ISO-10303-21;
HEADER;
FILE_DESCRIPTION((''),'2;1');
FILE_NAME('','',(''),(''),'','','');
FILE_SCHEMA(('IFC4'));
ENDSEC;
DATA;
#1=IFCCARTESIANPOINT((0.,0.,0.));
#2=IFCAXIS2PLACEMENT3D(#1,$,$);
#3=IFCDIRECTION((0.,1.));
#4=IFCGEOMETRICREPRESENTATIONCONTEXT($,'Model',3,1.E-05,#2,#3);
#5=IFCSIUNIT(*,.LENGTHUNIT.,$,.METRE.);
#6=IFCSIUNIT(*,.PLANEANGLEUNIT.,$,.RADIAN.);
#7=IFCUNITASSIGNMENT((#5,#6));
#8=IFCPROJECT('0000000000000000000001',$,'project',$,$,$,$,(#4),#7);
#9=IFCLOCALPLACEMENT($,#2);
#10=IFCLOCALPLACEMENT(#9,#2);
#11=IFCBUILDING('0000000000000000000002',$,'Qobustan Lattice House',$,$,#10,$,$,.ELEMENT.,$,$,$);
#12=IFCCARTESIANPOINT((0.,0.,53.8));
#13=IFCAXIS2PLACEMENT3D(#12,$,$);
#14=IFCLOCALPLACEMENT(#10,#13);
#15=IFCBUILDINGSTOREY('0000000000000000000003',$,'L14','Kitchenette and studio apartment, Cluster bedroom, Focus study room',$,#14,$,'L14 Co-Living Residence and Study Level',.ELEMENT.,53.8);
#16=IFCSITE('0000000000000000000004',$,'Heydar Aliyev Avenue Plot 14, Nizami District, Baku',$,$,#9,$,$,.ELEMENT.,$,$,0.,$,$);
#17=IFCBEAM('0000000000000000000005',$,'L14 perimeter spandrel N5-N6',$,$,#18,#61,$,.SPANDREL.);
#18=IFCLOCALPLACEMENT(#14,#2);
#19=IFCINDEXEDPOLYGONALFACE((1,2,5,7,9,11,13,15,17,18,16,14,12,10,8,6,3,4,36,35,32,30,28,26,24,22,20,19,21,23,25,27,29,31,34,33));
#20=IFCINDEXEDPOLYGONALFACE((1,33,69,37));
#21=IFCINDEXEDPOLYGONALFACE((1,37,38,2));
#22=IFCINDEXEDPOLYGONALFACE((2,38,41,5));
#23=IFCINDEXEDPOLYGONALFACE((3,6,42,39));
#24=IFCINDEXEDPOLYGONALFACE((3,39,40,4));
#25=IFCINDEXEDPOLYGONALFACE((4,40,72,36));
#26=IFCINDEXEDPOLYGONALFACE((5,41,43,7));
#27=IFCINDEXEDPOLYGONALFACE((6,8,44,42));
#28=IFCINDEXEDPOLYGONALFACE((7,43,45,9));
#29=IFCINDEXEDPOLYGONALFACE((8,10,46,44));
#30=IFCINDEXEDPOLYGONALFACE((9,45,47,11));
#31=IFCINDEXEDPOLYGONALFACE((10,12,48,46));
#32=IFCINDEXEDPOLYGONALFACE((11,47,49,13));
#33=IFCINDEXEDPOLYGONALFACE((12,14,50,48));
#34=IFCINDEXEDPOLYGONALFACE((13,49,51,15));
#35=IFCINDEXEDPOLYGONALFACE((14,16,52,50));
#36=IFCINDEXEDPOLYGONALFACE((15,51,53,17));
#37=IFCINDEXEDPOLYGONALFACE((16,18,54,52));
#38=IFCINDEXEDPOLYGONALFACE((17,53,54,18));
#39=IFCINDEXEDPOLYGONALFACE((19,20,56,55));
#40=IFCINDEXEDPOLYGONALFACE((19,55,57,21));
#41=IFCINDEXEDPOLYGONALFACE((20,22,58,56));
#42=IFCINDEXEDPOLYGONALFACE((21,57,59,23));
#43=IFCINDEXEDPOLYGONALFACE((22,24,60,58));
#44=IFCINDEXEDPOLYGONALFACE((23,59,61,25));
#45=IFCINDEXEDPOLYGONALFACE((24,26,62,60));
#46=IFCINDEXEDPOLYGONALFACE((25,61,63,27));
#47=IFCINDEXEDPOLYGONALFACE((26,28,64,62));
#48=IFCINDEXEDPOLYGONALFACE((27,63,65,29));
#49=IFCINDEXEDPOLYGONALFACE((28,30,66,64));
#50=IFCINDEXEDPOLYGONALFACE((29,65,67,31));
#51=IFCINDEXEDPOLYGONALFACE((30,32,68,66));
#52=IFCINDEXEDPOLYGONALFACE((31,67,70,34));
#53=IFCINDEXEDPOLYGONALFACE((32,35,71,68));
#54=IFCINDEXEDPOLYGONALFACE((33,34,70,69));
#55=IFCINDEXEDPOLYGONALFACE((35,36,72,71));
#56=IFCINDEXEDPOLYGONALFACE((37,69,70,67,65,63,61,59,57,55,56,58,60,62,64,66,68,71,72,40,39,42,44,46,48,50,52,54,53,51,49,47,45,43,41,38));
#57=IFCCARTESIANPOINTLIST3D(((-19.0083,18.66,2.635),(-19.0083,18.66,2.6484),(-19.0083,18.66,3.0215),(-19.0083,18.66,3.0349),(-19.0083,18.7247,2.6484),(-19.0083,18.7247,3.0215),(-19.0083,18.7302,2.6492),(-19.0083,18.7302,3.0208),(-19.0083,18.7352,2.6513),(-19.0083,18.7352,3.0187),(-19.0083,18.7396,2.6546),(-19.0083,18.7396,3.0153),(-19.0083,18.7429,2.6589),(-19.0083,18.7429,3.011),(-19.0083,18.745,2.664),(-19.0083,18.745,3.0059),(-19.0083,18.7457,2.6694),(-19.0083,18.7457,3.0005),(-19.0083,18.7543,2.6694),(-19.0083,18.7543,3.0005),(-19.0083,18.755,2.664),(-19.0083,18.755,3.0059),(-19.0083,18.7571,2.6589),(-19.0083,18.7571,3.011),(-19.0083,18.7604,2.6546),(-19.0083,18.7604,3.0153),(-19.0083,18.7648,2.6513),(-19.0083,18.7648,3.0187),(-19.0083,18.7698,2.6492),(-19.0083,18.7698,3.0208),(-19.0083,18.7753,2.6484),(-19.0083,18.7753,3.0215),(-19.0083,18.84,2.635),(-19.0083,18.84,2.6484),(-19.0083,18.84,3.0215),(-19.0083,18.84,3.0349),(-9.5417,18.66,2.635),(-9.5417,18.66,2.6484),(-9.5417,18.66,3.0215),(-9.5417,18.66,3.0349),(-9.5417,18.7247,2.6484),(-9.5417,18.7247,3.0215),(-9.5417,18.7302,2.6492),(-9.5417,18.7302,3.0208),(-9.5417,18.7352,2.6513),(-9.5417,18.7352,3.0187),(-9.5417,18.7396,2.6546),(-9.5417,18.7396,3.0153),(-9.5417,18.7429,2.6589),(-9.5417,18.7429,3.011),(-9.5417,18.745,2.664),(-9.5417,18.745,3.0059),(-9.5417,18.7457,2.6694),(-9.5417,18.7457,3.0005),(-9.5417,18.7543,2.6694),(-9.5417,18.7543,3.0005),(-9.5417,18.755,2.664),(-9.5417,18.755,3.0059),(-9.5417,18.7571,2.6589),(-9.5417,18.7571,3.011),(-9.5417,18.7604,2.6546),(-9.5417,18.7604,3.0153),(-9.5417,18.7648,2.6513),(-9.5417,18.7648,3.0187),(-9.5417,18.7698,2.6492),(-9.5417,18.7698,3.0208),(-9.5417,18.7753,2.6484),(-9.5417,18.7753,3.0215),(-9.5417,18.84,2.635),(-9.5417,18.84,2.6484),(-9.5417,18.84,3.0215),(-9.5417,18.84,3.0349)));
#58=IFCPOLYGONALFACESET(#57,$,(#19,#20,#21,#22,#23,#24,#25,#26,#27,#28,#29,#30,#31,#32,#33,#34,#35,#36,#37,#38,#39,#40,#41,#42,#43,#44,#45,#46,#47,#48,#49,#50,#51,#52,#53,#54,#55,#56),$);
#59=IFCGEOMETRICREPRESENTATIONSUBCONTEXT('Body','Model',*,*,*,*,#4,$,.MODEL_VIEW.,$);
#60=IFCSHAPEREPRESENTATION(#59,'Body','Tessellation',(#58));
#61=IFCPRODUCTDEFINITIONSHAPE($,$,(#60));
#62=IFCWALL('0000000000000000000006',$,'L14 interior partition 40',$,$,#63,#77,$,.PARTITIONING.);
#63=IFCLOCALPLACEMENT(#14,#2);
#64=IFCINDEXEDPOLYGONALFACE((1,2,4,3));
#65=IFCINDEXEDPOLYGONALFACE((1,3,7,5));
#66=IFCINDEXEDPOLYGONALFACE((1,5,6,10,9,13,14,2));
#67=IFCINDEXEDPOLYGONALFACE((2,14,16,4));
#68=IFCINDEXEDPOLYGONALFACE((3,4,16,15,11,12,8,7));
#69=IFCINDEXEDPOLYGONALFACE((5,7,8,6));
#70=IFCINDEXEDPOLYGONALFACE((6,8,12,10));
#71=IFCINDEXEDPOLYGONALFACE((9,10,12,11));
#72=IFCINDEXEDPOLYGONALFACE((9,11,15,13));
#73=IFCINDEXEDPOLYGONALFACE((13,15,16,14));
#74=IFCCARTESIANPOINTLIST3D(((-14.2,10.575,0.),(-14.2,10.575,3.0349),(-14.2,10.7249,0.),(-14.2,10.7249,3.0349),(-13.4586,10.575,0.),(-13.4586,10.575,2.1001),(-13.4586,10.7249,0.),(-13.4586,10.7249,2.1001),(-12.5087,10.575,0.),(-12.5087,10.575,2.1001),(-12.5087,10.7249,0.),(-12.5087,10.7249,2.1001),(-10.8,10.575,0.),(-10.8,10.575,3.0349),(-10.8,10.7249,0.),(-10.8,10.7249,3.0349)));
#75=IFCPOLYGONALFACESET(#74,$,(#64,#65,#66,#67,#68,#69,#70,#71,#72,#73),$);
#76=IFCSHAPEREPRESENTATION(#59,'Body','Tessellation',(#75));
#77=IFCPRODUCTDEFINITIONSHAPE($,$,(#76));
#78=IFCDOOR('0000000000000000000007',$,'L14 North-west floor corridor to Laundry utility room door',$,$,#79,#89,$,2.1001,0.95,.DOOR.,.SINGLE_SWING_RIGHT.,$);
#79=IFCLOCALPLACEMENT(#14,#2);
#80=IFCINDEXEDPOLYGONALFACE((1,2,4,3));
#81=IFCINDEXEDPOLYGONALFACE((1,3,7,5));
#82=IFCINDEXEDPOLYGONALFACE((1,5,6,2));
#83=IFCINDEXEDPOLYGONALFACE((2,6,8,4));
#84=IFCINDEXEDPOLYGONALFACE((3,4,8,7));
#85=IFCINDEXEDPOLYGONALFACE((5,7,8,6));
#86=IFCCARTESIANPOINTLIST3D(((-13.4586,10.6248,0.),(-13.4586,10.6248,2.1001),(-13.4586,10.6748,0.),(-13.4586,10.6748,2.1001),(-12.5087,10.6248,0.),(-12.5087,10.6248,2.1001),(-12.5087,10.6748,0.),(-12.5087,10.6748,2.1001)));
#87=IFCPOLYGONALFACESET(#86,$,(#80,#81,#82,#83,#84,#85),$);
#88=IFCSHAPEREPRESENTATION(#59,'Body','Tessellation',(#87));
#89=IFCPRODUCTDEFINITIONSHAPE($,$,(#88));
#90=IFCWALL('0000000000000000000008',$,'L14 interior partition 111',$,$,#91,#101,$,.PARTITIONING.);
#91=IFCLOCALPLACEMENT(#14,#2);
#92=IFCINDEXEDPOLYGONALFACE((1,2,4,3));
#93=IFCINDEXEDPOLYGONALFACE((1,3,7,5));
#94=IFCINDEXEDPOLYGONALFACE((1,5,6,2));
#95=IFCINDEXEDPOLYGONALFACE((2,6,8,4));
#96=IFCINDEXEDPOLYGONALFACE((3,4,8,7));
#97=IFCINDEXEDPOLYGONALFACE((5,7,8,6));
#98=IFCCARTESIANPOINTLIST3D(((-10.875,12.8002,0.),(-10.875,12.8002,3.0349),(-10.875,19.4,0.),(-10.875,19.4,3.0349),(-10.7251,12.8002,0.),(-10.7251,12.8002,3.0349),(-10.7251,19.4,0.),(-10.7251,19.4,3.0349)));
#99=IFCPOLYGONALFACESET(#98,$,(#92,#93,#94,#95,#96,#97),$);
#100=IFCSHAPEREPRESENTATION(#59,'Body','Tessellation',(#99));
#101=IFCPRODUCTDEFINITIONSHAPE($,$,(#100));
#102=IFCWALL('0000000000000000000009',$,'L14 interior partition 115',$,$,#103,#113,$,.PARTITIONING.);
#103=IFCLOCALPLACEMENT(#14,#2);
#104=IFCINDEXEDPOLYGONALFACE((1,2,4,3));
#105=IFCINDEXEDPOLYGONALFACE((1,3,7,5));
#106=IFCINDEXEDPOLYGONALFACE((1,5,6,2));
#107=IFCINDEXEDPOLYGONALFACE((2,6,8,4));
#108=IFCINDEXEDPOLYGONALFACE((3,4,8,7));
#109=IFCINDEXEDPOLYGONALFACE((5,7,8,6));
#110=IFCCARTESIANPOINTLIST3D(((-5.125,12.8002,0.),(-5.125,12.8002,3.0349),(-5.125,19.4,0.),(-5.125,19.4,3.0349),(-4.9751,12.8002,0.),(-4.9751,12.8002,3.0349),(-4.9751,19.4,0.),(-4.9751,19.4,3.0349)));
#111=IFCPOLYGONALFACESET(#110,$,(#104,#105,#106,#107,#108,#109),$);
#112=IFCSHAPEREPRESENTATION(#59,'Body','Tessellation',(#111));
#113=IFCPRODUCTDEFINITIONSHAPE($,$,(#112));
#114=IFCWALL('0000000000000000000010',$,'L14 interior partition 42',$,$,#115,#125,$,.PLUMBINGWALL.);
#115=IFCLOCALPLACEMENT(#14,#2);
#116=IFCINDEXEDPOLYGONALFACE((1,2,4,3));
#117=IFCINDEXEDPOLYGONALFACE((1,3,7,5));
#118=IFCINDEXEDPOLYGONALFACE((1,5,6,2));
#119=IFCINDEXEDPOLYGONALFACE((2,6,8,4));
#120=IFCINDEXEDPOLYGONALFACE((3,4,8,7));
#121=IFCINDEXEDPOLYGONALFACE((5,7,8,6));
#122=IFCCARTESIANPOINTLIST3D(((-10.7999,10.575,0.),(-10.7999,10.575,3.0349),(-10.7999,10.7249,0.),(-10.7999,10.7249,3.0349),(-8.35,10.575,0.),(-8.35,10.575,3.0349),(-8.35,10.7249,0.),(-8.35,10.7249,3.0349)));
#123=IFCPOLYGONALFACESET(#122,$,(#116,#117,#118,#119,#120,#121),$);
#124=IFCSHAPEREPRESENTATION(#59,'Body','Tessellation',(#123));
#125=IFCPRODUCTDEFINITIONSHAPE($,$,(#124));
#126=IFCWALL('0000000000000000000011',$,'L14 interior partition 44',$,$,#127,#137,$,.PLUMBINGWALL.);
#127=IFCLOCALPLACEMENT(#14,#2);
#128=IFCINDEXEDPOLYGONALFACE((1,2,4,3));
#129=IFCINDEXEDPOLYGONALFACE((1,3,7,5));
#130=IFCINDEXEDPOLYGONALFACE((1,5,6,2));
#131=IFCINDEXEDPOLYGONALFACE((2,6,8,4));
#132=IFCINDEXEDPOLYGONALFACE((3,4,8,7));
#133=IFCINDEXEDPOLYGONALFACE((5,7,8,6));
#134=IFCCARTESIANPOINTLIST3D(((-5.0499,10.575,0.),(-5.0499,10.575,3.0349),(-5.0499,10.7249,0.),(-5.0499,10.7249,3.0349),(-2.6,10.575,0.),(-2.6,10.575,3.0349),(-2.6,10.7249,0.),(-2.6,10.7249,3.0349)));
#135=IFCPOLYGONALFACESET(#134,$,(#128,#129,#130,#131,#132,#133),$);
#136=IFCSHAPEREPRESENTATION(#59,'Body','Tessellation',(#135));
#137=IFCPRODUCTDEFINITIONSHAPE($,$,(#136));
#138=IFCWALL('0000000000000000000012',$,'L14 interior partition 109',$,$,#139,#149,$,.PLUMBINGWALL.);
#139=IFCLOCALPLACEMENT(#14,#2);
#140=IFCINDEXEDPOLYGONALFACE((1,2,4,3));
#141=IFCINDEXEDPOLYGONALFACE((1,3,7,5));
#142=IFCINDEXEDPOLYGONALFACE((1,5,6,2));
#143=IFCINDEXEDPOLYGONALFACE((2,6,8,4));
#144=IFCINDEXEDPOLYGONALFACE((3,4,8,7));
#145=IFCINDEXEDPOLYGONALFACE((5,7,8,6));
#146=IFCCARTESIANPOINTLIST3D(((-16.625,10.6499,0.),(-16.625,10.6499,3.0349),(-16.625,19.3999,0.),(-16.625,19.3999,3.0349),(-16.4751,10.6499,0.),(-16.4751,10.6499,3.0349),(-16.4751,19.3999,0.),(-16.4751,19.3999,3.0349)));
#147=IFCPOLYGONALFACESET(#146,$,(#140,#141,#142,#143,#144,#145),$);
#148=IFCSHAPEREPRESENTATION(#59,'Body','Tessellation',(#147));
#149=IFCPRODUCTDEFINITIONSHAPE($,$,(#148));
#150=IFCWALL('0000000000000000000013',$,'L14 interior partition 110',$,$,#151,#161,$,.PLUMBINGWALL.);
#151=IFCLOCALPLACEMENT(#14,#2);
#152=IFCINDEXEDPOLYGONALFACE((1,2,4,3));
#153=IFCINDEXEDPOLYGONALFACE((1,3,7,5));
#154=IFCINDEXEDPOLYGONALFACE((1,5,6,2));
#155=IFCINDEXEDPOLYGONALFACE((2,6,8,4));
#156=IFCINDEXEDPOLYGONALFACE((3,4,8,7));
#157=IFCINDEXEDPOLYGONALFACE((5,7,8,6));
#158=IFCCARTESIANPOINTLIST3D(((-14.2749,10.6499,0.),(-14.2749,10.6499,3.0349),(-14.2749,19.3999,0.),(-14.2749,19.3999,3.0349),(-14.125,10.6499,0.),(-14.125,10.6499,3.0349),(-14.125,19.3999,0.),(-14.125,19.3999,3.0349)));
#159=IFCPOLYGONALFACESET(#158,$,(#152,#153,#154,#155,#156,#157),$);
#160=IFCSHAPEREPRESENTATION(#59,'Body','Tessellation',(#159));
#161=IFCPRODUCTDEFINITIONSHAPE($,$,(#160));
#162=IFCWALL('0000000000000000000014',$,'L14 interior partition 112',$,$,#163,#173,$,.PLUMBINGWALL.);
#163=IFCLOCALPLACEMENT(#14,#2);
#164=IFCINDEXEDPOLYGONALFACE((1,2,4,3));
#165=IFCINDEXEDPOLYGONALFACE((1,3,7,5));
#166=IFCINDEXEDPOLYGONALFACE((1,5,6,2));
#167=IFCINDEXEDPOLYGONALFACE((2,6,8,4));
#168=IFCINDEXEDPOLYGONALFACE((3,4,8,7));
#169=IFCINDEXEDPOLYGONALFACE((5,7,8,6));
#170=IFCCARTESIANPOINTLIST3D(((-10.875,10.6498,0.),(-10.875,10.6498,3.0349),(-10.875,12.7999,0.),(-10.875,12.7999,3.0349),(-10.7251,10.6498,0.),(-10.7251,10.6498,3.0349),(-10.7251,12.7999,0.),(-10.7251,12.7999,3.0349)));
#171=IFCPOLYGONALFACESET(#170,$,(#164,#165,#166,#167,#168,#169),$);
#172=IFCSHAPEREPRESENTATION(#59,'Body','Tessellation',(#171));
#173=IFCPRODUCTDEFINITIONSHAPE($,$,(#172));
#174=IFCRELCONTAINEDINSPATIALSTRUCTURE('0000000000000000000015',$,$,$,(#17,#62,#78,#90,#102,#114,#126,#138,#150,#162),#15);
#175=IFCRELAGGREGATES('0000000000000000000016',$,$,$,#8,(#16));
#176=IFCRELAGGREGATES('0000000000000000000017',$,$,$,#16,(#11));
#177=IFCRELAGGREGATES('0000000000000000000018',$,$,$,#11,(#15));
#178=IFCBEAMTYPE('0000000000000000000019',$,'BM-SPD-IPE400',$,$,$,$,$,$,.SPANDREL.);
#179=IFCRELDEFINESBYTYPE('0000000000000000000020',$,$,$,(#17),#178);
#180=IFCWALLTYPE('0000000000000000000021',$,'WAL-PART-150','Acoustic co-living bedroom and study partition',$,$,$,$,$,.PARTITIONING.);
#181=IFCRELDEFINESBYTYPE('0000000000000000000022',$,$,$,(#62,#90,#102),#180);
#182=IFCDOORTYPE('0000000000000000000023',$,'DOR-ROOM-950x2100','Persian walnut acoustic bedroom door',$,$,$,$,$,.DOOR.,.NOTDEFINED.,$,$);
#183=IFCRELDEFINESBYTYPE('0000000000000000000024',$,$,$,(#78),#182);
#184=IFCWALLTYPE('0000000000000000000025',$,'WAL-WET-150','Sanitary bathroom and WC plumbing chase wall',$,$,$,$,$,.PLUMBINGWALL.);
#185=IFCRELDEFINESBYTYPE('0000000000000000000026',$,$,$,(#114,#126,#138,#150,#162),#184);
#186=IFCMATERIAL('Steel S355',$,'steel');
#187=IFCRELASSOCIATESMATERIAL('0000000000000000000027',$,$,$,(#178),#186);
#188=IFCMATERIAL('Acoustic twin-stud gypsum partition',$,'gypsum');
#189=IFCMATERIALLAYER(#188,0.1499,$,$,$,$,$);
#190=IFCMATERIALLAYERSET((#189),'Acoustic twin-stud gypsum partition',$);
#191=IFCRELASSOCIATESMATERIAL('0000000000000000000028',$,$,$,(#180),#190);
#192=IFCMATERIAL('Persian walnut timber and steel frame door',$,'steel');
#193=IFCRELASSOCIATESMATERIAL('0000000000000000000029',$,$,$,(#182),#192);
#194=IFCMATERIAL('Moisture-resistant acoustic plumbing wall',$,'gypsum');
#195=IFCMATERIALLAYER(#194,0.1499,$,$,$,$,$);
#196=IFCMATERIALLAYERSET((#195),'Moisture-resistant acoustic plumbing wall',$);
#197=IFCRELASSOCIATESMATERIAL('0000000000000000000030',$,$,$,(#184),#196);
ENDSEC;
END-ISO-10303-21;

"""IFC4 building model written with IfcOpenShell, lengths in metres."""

from ifc_helpers import new_model, si_unit, direction, frame, frame_2d, origin, origin_2d, place, context, subcontext, project, spatial, rectangle, i_section, extrude, material, layer, layer_set, material_profile, profile_set, type_object, element, fill, save


model = new_model("IFC4")

# Units and contexts
model_context = context("Model", 3, precision=1e-05, world=origin(), true_north=direction((0.0, 1.0)))
body_context = subcontext(model_context, "Body", "Model", "MODEL_VIEW")
ifc_project = project(units=[si_unit("LENGTHUNIT", "METRE"), si_unit("PLANEANGLEUNIT", "RADIAN")], contexts=[model_context])

# Site, building, storey
site_placement = place(None, origin())
site = spatial("IfcSite", under=ifc_project, at=site_placement, Name="Heydar Aliyev Avenue Plot 14, Nizami District, Baku", CompositionType="ELEMENT", RefElevation=0.0)
building_placement = place(site_placement, origin())
building = spatial("IfcBuilding", under=site, at=building_placement, Name="Qobustan Lattice House", CompositionType="ELEMENT")
storey_placement = place(building_placement, frame((0.0, 0.0, 53.8)))
storey = spatial("IfcBuildingStorey", under=building, at=storey_placement, Name="L14", Description="Kitchenette and studio apartment, Cluster bedroom, Focus study room", LongName="L14 Co-Living Residence and Study Level", CompositionType="ELEMENT", Elevation=53.8)

# Beam
ifc_material_1 = material(Name="Steel S355", Category="steel")
ifc_material_profile_1 = material_profile(ifc_material_1, i_section(OverallWidth=0.1799, OverallDepth=0.3999, WebThickness=0.0085, FlangeThickness=0.0134, FilletRadius=0.021, at=origin_2d()), Name="IPE400")
ifc_profile_set_1 = profile_set([ifc_material_profile_1], Name="Steel S355")
beam_type_1 = type_object("IfcBeamType", Name="BM-SPD-IPE400", PredefinedType="SPANDREL", material=ifc_profile_set_1)
beam_1_placement = place(storey_placement, frame((-9.5417, 18.75, 2.835), z_axis=(-1.0, 0.0, 0.0), x_axis=(0.0, -1.0, 0.0)))
element("IfcBeam", 1, at=beam_1_placement, inside=storey, type_object=beam_type_1, Name="L14 perimeter spandrel N5-N6", PredefinedType="SPANDREL", context=body_context, shape_type="SweptSolid", body=[
    extrude(i_section(OverallWidth=0.1799, OverallDepth=0.3999, WebThickness=0.0085, FlangeThickness=0.0134, FilletRadius=0.021, at=origin_2d()), origin(), (0.0, 0.0, 1.0), 9.4666),
])

# Wall, opening, door
ifc_material_2 = material(Name="Acoustic twin-stud gypsum partition", Category="gypsum")
ifc_layer_1 = layer(ifc_material_2, 0.1499)
ifc_layer_set_1 = layer_set([ifc_layer_1], Name="Acoustic twin-stud gypsum partition")
wall_type_1 = type_object("IfcWallType", Name="WAL-PART-150", Description="Acoustic co-living bedroom and study partition", PredefinedType="PARTITIONING", material=ifc_layer_set_1)
wall_1_placement = place(storey_placement, frame((-14.2, 10.6499, 0.0), z_axis=(0.0, 0.0, 1.0), x_axis=(1.0, 0.0, 0.0)))
wall_1 = element("IfcWall", 2, at=wall_1_placement, inside=storey, type_object=wall_type_1, Name="L14 interior partition 40", PredefinedType="PARTITIONING", context=body_context, shape_type="SweptSolid", body=[
    extrude(rectangle(XDim=3.3999, YDim=0.1499, at=frame_2d((1.7, 0.0))), origin(), (0.0, 0.0, 1.0), 3.0349),
])
opening_1_placement = place(wall_1_placement, frame((0.7412, 0.0, 0.0)))
opening_1 = element("IfcOpeningElement", 3, at=opening_1_placement, cuts=wall_1, PredefinedType="OPENING", context=body_context, shape_type="SweptSolid", body=[
    extrude(rectangle(XDim=0.95, YDim=2.1001, at=frame_2d((0.4751, 1.05))), frame((0.0, 0.085, 0.0), z_axis=(0.0, -1.0, 0.0), x_axis=(1.0, 0.0, 0.0)), (0.0, 0.0, 1.0), 0.1699),
])
ifc_material_3 = material(Name="Persian walnut timber and steel frame door", Category="steel")
door_type_1 = type_object("IfcDoorType", Name="DOR-ROOM-950x2100", Description="Persian walnut acoustic bedroom door", OperationType="NOTDEFINED", PredefinedType="DOOR", material=ifc_material_3)
door_1_placement = place(opening_1_placement, origin())
door_1 = element("IfcDoor", 4, at=door_1_placement, inside=storey, type_object=door_type_1, Name="L14 North-west floor corridor to Laundry utility room door", OperationType="SINGLE_SWING_RIGHT", OverallHeight=2.1001, OverallWidth=0.95, PredefinedType="DOOR", context=body_context, shape_type="SweptSolid", body=[
    extrude(rectangle(XDim=0.95, YDim=2.1001, at=frame_2d((0.4751, 1.05))), frame((0.0, 0.0249, 0.0), z_axis=(0.0, -1.0, 0.0), x_axis=(1.0, 0.0, 0.0)), (0.0, 0.0, 1.0), 0.05),
])
fill(opening_1, door_1)

# Walls
for number, where, z_axis, x_axis, name in (
    (5, (-10.8, 19.3999, 0.0), (0.0, 0.0, 1.0), (0.0, -1.0, 0.0), "L14 interior partition 111"),
    (6, (-5.05, 19.3999, 0.0), (0.0, 0.0, 1.0), (0.0, -1.0, 0.0), "L14 interior partition 115"),
):
    element("IfcWall", number, at=place(storey_placement, frame(where, z_axis=z_axis, x_axis=x_axis)), inside=storey, type_object=wall_type_1, Name=name, PredefinedType="PARTITIONING", context=body_context, shape_type="SweptSolid", body=[
        extrude(rectangle(XDim=6.5999, YDim=0.1499, at=frame_2d((3.2998, 0.0))), origin(), (0.0, 0.0, 1.0), 3.0349),
    ])
ifc_material_4 = material(Name="Moisture-resistant acoustic plumbing wall", Category="gypsum")
ifc_layer_2 = layer(ifc_material_4, 0.1499)
ifc_layer_set_2 = layer_set([ifc_layer_2], Name="Moisture-resistant acoustic plumbing wall")
wall_type_2 = type_object("IfcWallType", Name="WAL-WET-150", Description="Sanitary bathroom and WC plumbing chase wall", PredefinedType="PLUMBINGWALL", material=ifc_layer_set_2)
for number, where, z_axis, x_axis, name in (
    (7, (-10.8, 10.6499, 0.0), (0.0, 0.0, 1.0), (1.0, 0.0, 0.0), "L14 interior partition 42"),
    (8, (-5.05, 10.6499, 0.0), (0.0, 0.0, 1.0), (1.0, 0.0, 0.0), "L14 interior partition 44"),
):
    element("IfcWall", number, at=place(storey_placement, frame(where, z_axis=z_axis, x_axis=x_axis)), inside=storey, type_object=wall_type_2, Name=name, PredefinedType="PLUMBINGWALL", context=body_context, shape_type="SweptSolid", body=[
        extrude(rectangle(XDim=2.45, YDim=0.1499, at=frame_2d((1.2251, 0.0))), origin(), (0.0, 0.0, 1.0), 3.0349),
    ])
for number, where, z_axis, x_axis, name in (
    (9, (-16.55, 19.3999, 0.0), (0.0, 0.0, 1.0), (0.0, -1.0, 0.0), "L14 interior partition 109"),
    (10, (-14.2, 19.3999, 0.0), (0.0, 0.0, 1.0), (0.0, -1.0, 0.0), "L14 interior partition 110"),
):
    element("IfcWall", number, at=place(storey_placement, frame(where, z_axis=z_axis, x_axis=x_axis)), inside=storey, type_object=wall_type_2, Name=name, PredefinedType="PLUMBINGWALL", context=body_context, shape_type="SweptSolid", body=[
        extrude(rectangle(XDim=8.75, YDim=0.1499, at=frame_2d((4.375, 0.0))), origin(), (0.0, 0.0, 1.0), 3.0349),
    ])
wall_2_placement = place(storey_placement, frame((-10.8, 12.8, 0.0), z_axis=(0.0, 0.0, 1.0), x_axis=(0.0, -1.0, 0.0)))
element("IfcWall", 11, at=wall_2_placement, inside=storey, type_object=wall_type_2, Name="L14 interior partition 112", PredefinedType="PLUMBINGWALL", context=body_context, shape_type="SweptSolid", body=[
    extrude(rectangle(XDim=2.1501, YDim=0.1499, at=frame_2d((1.0752, 0.0))), origin(), (0.0, 0.0, 1.0), 3.0349),
])

save(model, "model.ifc")
